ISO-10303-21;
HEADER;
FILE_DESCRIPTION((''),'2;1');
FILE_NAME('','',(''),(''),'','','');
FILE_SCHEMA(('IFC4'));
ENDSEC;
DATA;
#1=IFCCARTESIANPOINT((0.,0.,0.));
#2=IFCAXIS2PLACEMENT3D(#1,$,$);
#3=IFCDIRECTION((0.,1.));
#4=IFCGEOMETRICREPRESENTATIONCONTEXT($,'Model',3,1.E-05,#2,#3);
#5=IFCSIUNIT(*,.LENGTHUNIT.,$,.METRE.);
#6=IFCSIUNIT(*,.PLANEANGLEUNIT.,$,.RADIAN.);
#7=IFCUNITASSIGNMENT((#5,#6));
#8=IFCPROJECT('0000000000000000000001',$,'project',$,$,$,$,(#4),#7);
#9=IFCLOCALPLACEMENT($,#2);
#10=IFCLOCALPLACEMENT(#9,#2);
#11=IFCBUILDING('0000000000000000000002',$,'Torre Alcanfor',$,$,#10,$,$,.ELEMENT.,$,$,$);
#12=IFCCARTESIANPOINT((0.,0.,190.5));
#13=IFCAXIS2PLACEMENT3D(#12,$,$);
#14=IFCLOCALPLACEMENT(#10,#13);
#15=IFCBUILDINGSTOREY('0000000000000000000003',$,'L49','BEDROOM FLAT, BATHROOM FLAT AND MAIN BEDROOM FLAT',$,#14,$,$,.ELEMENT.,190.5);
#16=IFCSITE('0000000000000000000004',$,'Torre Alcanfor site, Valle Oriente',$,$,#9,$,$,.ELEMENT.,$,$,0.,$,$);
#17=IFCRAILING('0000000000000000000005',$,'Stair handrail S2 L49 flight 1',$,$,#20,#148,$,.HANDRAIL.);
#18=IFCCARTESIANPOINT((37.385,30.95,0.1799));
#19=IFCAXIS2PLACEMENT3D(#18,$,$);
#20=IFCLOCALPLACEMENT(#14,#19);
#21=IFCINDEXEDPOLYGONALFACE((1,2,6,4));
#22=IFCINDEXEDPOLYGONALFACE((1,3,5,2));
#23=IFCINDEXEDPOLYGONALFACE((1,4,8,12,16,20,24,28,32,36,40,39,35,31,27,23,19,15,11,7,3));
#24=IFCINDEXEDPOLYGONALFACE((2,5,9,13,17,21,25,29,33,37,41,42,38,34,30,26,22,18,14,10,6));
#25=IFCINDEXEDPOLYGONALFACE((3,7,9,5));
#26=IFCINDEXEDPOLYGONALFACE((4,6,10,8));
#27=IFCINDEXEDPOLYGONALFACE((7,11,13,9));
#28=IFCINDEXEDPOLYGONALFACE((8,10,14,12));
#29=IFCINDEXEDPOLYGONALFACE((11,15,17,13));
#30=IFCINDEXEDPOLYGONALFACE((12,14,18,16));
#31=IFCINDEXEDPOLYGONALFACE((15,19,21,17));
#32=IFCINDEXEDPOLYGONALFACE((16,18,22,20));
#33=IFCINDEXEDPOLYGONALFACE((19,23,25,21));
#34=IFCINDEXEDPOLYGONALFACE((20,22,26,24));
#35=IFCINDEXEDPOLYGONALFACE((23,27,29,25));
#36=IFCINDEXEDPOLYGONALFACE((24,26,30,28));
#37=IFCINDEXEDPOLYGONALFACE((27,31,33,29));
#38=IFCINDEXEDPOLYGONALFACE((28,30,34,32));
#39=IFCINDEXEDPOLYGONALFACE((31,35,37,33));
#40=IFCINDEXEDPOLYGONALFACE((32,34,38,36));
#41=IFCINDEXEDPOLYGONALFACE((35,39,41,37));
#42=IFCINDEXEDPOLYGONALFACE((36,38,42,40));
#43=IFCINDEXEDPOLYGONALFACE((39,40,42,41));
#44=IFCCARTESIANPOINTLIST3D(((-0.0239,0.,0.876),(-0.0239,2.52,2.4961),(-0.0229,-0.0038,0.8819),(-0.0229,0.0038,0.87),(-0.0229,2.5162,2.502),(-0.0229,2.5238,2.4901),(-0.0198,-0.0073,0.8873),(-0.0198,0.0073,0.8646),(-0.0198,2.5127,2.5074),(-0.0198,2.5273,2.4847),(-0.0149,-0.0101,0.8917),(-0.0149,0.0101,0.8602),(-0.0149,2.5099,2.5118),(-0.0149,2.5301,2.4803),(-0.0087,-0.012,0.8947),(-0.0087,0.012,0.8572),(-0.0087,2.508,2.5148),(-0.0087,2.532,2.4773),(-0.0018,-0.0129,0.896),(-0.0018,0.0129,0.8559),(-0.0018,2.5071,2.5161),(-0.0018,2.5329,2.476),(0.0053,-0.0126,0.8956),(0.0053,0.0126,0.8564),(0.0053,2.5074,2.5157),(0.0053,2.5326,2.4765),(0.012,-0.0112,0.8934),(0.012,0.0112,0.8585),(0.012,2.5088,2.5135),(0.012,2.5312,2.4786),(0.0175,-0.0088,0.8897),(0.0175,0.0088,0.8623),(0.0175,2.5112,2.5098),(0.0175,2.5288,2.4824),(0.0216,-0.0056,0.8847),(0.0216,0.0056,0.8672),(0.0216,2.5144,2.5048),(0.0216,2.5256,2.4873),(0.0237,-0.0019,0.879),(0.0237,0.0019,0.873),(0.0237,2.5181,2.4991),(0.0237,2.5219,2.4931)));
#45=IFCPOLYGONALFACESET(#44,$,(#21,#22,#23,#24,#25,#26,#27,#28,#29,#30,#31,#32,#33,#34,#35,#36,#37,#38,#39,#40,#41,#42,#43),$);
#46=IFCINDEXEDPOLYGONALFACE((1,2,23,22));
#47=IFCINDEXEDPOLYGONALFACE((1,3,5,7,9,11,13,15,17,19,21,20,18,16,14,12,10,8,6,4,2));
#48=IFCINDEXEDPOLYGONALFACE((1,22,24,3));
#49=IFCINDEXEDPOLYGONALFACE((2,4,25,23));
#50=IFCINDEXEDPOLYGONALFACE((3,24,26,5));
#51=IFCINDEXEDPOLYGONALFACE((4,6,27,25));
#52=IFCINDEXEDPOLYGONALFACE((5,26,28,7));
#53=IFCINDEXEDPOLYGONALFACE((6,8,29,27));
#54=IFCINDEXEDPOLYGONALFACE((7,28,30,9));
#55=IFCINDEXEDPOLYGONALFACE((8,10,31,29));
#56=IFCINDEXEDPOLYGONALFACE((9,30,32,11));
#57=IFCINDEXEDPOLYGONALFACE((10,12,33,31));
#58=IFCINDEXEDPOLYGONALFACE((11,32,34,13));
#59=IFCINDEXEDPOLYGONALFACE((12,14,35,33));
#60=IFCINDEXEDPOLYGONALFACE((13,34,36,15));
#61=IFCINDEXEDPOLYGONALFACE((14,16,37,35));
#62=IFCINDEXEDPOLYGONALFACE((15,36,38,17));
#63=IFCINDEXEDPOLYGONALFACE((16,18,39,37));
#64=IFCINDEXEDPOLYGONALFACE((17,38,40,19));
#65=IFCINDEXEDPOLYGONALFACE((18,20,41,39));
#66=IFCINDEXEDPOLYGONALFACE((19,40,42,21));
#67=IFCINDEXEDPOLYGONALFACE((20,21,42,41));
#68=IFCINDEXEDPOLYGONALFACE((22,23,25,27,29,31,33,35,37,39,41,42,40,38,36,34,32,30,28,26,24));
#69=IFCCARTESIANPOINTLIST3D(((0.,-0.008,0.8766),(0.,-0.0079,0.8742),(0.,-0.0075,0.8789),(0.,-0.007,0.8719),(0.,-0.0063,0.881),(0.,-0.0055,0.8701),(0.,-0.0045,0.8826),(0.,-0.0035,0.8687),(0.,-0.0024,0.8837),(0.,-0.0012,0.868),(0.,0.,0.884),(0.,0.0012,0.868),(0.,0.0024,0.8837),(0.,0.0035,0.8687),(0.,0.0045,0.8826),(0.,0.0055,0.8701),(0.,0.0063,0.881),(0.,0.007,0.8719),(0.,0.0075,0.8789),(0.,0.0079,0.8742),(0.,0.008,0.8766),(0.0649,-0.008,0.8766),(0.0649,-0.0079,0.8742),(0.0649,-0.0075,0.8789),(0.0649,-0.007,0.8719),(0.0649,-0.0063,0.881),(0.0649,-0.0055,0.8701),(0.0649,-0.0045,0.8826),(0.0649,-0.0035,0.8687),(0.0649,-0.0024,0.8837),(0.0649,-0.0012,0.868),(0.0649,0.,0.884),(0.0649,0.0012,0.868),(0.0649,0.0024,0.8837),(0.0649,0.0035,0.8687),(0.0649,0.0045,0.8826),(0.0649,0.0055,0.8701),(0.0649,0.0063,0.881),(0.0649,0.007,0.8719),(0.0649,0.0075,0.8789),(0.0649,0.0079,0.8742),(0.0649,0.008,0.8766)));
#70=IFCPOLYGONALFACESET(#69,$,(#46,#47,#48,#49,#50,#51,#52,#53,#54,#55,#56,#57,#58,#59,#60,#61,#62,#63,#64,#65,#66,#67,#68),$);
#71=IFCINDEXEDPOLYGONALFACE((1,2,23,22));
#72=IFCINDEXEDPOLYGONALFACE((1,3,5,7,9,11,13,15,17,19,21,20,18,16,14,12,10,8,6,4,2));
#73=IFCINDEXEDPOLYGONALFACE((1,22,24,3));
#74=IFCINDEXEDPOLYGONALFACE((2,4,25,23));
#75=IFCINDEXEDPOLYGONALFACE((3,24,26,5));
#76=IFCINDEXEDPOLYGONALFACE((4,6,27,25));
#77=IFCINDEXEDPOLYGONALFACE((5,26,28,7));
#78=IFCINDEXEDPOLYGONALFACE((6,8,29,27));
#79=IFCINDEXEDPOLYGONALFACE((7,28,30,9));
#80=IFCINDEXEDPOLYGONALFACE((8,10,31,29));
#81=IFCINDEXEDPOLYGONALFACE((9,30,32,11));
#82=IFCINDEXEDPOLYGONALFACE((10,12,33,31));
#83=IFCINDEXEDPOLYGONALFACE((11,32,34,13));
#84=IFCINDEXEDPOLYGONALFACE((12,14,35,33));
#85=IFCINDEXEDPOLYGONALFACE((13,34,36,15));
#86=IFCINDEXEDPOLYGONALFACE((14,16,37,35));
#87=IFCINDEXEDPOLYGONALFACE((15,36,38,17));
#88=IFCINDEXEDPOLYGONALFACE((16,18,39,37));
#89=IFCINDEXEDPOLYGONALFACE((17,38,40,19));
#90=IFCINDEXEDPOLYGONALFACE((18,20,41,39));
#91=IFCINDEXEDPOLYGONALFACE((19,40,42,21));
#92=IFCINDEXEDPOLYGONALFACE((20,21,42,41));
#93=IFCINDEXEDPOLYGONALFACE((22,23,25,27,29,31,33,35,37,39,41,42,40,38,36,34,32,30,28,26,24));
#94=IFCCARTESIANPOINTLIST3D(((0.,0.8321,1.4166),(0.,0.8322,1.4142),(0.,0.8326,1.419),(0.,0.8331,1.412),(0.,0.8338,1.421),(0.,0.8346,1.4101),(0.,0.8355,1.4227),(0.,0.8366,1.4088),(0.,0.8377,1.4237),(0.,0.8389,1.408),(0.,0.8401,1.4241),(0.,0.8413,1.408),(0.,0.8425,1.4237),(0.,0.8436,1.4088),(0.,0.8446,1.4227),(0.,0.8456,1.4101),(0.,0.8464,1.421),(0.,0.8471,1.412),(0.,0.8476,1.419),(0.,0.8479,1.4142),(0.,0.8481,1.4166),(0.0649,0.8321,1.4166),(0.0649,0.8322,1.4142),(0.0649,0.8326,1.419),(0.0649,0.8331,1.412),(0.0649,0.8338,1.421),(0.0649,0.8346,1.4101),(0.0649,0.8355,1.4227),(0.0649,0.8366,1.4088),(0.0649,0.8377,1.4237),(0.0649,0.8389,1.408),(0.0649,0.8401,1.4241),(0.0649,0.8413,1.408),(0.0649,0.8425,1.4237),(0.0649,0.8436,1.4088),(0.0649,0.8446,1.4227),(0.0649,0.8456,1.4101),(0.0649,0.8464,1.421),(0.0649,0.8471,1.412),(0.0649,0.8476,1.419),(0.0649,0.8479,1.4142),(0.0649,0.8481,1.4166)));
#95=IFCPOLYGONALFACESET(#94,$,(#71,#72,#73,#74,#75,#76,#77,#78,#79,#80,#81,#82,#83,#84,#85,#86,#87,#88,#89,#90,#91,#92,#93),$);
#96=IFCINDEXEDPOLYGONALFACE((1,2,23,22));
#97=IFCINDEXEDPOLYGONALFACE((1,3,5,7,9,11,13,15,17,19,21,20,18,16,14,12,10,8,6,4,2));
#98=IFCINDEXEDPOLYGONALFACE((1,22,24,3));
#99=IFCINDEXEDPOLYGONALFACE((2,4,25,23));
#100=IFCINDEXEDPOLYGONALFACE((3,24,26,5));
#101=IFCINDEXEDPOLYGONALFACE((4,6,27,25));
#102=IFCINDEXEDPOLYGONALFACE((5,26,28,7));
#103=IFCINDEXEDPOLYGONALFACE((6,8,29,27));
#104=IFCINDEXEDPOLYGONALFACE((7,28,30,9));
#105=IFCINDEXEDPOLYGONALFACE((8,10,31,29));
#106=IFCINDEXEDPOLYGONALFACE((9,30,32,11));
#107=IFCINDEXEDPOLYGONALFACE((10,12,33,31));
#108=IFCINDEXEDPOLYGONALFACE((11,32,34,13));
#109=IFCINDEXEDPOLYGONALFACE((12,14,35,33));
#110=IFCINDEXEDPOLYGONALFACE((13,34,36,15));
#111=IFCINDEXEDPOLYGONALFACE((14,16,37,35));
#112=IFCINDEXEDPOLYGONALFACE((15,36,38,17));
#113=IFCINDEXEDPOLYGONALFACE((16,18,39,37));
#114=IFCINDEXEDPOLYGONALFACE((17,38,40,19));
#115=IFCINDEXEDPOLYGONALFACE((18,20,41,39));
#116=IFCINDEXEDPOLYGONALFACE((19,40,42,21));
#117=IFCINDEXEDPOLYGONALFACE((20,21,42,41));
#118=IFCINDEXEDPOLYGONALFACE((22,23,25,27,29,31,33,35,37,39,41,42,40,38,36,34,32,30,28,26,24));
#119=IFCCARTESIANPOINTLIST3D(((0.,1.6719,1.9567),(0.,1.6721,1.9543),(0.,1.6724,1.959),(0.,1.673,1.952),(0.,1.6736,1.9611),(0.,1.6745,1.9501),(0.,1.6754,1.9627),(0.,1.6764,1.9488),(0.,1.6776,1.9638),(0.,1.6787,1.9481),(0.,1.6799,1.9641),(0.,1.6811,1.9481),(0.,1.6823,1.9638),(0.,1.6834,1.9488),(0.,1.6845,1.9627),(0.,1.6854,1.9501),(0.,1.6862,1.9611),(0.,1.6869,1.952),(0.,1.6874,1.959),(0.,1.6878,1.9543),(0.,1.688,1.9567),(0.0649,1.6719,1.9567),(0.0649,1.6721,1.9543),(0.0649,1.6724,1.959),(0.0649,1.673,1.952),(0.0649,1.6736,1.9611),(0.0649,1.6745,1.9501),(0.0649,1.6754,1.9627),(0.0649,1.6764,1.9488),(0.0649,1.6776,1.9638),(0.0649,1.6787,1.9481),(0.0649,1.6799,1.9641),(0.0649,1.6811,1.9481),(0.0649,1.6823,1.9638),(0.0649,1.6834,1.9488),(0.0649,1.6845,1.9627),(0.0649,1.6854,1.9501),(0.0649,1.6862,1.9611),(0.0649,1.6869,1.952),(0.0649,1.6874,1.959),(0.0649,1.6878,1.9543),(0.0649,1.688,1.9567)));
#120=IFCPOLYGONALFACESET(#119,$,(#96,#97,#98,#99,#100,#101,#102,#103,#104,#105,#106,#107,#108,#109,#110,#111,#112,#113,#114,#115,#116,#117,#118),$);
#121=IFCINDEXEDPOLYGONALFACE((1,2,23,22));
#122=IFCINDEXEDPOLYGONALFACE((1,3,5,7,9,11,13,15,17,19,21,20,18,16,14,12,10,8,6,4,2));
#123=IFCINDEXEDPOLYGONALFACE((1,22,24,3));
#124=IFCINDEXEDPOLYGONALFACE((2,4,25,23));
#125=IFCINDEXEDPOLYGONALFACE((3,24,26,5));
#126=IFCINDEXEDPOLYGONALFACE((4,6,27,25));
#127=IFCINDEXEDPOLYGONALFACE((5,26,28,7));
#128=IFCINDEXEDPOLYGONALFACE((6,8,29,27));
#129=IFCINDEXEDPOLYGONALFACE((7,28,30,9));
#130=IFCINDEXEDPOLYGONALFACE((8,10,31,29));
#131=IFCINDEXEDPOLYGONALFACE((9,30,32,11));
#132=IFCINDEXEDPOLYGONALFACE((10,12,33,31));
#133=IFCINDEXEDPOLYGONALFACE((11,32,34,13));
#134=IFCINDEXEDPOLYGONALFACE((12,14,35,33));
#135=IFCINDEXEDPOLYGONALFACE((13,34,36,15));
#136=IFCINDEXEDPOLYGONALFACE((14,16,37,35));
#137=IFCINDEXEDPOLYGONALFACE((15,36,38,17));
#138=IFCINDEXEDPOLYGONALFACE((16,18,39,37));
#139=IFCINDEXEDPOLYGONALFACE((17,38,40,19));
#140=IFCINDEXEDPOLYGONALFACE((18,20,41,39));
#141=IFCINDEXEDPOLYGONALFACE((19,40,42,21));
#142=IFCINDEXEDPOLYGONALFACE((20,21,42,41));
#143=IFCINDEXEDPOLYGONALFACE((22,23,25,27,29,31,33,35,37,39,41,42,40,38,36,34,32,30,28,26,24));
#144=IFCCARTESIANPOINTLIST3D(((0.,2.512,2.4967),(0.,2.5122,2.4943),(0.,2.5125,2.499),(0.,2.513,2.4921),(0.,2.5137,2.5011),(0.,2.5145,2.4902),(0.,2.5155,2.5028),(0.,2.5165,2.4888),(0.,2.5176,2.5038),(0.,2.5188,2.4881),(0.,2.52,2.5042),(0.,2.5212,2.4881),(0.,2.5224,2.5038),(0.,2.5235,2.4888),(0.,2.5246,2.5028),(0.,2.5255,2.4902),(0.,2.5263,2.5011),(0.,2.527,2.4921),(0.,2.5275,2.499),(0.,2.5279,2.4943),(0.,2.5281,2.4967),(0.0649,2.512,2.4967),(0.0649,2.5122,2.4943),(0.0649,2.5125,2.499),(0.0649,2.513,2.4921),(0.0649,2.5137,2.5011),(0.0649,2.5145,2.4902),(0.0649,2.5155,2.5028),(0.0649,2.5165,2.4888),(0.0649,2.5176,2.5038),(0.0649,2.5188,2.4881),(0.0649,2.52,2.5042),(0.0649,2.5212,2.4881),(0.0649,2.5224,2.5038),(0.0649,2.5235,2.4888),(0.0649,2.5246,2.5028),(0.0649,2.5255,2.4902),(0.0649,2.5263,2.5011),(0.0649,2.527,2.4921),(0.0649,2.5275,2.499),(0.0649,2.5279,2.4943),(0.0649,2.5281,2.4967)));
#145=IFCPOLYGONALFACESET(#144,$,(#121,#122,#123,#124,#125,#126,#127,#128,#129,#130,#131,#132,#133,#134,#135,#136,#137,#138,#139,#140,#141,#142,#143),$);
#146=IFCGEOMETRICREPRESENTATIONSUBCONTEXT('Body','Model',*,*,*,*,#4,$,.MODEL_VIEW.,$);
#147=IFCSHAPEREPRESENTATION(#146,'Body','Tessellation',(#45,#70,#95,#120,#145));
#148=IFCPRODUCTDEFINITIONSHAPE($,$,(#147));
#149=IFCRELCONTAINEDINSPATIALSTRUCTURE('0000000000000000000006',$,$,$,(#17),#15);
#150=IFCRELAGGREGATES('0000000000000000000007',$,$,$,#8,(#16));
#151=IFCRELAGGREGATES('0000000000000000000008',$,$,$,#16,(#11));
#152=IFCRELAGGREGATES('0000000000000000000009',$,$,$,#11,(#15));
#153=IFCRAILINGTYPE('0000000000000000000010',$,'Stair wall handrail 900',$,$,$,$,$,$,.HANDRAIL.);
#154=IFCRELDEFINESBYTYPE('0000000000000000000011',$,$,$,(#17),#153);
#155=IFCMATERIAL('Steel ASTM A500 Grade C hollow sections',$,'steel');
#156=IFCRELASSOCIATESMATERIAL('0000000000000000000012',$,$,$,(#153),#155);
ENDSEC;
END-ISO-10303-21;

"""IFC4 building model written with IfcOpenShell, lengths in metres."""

from ifc_helpers import new_model, si_unit, direction, frame, origin, origin_2d, place, context, subcontext, project, spatial, circle, extrude, material, type_object, element, save


model = new_model("IFC4")

# Units and contexts
model_context = context("Model", 3, precision=1e-05, world=origin(), true_north=direction((0.0, 1.0)))
body_context = subcontext(model_context, "Body", "Model", "MODEL_VIEW")
ifc_project = project(units=[si_unit("LENGTHUNIT", "METRE"), si_unit("PLANEANGLEUNIT", "RADIAN")], contexts=[model_context])

# Site, building, storey
site_placement = place(None, origin())
site = spatial("IfcSite", under=ifc_project, at=site_placement, Name="Torre Alcanfor site, Valle Oriente", CompositionType="ELEMENT", RefElevation=0.0)
building_placement = place(site_placement, origin())
building = spatial("IfcBuilding", under=site, at=building_placement, Name="Torre Alcanfor", CompositionType="ELEMENT")
storey_placement = place(building_placement, frame((0.0, 0.0, 190.5)))
storey = spatial("IfcBuildingStorey", under=building, at=storey_placement, Name="L49", Description="BEDROOM FLAT, BATHROOM FLAT AND MAIN BEDROOM FLAT", CompositionType="ELEMENT", Elevation=190.5)

# Railing
ifc_material_1 = material(Name="Steel ASTM A500 Grade C hollow sections", Category="steel")
railing_type_1 = type_object("IfcRailingType", Name="Stair wall handrail 900", PredefinedType="HANDRAIL", material=ifc_material_1)
railing_1_placement = place(storey_placement, frame((37.385, 30.95, 0.1799)))
element("IfcRailing", 1, at=railing_1_placement, inside=storey, type_object=railing_type_1, Name="Stair handrail S2 L49 flight 1", PredefinedType="HANDRAIL", context=body_context, shape_type="SweptSolid", body=[
    extrude(circle(Radius=0.0239, at=origin_2d()), frame((0.0, 0.0, 0.876), z_axis=(0.0, 0.841163, 0.540782), x_axis=(-1.0, 0.0, 0.0)), (0.0, 0.0, 1.0), 2.9958),
    extrude(circle(Radius=0.0081, at=origin_2d()), frame((0.0, 0.0, 0.876), z_axis=(1.0, 0.0, 0.0), x_axis=(0.0, 0.0, 1.0)), (0.0, 0.0, 1.0), 0.0649),
    extrude(circle(Radius=0.0081, at=origin_2d()), frame((0.0, 0.8401, 1.416), z_axis=(1.0, 0.0, 0.0), x_axis=(0.0, 0.0, 1.0)), (0.0, 0.0, 1.0), 0.0649),
    extrude(circle(Radius=0.0081, at=origin_2d()), frame((0.0, 1.6799, 1.9561), z_axis=(1.0, 0.0, 0.0), x_axis=(0.0, 0.0, 1.0)), (0.0, 0.0, 1.0), 0.0649),
    extrude(circle(Radius=0.0081, at=origin_2d()), frame((0.0, 2.52, 2.4961), z_axis=(1.0, 0.0, 0.0), x_axis=(0.0, 0.0, 1.0)), (0.0, 0.0, 1.0), 0.0649),
])

save(model, "model.ifc")
